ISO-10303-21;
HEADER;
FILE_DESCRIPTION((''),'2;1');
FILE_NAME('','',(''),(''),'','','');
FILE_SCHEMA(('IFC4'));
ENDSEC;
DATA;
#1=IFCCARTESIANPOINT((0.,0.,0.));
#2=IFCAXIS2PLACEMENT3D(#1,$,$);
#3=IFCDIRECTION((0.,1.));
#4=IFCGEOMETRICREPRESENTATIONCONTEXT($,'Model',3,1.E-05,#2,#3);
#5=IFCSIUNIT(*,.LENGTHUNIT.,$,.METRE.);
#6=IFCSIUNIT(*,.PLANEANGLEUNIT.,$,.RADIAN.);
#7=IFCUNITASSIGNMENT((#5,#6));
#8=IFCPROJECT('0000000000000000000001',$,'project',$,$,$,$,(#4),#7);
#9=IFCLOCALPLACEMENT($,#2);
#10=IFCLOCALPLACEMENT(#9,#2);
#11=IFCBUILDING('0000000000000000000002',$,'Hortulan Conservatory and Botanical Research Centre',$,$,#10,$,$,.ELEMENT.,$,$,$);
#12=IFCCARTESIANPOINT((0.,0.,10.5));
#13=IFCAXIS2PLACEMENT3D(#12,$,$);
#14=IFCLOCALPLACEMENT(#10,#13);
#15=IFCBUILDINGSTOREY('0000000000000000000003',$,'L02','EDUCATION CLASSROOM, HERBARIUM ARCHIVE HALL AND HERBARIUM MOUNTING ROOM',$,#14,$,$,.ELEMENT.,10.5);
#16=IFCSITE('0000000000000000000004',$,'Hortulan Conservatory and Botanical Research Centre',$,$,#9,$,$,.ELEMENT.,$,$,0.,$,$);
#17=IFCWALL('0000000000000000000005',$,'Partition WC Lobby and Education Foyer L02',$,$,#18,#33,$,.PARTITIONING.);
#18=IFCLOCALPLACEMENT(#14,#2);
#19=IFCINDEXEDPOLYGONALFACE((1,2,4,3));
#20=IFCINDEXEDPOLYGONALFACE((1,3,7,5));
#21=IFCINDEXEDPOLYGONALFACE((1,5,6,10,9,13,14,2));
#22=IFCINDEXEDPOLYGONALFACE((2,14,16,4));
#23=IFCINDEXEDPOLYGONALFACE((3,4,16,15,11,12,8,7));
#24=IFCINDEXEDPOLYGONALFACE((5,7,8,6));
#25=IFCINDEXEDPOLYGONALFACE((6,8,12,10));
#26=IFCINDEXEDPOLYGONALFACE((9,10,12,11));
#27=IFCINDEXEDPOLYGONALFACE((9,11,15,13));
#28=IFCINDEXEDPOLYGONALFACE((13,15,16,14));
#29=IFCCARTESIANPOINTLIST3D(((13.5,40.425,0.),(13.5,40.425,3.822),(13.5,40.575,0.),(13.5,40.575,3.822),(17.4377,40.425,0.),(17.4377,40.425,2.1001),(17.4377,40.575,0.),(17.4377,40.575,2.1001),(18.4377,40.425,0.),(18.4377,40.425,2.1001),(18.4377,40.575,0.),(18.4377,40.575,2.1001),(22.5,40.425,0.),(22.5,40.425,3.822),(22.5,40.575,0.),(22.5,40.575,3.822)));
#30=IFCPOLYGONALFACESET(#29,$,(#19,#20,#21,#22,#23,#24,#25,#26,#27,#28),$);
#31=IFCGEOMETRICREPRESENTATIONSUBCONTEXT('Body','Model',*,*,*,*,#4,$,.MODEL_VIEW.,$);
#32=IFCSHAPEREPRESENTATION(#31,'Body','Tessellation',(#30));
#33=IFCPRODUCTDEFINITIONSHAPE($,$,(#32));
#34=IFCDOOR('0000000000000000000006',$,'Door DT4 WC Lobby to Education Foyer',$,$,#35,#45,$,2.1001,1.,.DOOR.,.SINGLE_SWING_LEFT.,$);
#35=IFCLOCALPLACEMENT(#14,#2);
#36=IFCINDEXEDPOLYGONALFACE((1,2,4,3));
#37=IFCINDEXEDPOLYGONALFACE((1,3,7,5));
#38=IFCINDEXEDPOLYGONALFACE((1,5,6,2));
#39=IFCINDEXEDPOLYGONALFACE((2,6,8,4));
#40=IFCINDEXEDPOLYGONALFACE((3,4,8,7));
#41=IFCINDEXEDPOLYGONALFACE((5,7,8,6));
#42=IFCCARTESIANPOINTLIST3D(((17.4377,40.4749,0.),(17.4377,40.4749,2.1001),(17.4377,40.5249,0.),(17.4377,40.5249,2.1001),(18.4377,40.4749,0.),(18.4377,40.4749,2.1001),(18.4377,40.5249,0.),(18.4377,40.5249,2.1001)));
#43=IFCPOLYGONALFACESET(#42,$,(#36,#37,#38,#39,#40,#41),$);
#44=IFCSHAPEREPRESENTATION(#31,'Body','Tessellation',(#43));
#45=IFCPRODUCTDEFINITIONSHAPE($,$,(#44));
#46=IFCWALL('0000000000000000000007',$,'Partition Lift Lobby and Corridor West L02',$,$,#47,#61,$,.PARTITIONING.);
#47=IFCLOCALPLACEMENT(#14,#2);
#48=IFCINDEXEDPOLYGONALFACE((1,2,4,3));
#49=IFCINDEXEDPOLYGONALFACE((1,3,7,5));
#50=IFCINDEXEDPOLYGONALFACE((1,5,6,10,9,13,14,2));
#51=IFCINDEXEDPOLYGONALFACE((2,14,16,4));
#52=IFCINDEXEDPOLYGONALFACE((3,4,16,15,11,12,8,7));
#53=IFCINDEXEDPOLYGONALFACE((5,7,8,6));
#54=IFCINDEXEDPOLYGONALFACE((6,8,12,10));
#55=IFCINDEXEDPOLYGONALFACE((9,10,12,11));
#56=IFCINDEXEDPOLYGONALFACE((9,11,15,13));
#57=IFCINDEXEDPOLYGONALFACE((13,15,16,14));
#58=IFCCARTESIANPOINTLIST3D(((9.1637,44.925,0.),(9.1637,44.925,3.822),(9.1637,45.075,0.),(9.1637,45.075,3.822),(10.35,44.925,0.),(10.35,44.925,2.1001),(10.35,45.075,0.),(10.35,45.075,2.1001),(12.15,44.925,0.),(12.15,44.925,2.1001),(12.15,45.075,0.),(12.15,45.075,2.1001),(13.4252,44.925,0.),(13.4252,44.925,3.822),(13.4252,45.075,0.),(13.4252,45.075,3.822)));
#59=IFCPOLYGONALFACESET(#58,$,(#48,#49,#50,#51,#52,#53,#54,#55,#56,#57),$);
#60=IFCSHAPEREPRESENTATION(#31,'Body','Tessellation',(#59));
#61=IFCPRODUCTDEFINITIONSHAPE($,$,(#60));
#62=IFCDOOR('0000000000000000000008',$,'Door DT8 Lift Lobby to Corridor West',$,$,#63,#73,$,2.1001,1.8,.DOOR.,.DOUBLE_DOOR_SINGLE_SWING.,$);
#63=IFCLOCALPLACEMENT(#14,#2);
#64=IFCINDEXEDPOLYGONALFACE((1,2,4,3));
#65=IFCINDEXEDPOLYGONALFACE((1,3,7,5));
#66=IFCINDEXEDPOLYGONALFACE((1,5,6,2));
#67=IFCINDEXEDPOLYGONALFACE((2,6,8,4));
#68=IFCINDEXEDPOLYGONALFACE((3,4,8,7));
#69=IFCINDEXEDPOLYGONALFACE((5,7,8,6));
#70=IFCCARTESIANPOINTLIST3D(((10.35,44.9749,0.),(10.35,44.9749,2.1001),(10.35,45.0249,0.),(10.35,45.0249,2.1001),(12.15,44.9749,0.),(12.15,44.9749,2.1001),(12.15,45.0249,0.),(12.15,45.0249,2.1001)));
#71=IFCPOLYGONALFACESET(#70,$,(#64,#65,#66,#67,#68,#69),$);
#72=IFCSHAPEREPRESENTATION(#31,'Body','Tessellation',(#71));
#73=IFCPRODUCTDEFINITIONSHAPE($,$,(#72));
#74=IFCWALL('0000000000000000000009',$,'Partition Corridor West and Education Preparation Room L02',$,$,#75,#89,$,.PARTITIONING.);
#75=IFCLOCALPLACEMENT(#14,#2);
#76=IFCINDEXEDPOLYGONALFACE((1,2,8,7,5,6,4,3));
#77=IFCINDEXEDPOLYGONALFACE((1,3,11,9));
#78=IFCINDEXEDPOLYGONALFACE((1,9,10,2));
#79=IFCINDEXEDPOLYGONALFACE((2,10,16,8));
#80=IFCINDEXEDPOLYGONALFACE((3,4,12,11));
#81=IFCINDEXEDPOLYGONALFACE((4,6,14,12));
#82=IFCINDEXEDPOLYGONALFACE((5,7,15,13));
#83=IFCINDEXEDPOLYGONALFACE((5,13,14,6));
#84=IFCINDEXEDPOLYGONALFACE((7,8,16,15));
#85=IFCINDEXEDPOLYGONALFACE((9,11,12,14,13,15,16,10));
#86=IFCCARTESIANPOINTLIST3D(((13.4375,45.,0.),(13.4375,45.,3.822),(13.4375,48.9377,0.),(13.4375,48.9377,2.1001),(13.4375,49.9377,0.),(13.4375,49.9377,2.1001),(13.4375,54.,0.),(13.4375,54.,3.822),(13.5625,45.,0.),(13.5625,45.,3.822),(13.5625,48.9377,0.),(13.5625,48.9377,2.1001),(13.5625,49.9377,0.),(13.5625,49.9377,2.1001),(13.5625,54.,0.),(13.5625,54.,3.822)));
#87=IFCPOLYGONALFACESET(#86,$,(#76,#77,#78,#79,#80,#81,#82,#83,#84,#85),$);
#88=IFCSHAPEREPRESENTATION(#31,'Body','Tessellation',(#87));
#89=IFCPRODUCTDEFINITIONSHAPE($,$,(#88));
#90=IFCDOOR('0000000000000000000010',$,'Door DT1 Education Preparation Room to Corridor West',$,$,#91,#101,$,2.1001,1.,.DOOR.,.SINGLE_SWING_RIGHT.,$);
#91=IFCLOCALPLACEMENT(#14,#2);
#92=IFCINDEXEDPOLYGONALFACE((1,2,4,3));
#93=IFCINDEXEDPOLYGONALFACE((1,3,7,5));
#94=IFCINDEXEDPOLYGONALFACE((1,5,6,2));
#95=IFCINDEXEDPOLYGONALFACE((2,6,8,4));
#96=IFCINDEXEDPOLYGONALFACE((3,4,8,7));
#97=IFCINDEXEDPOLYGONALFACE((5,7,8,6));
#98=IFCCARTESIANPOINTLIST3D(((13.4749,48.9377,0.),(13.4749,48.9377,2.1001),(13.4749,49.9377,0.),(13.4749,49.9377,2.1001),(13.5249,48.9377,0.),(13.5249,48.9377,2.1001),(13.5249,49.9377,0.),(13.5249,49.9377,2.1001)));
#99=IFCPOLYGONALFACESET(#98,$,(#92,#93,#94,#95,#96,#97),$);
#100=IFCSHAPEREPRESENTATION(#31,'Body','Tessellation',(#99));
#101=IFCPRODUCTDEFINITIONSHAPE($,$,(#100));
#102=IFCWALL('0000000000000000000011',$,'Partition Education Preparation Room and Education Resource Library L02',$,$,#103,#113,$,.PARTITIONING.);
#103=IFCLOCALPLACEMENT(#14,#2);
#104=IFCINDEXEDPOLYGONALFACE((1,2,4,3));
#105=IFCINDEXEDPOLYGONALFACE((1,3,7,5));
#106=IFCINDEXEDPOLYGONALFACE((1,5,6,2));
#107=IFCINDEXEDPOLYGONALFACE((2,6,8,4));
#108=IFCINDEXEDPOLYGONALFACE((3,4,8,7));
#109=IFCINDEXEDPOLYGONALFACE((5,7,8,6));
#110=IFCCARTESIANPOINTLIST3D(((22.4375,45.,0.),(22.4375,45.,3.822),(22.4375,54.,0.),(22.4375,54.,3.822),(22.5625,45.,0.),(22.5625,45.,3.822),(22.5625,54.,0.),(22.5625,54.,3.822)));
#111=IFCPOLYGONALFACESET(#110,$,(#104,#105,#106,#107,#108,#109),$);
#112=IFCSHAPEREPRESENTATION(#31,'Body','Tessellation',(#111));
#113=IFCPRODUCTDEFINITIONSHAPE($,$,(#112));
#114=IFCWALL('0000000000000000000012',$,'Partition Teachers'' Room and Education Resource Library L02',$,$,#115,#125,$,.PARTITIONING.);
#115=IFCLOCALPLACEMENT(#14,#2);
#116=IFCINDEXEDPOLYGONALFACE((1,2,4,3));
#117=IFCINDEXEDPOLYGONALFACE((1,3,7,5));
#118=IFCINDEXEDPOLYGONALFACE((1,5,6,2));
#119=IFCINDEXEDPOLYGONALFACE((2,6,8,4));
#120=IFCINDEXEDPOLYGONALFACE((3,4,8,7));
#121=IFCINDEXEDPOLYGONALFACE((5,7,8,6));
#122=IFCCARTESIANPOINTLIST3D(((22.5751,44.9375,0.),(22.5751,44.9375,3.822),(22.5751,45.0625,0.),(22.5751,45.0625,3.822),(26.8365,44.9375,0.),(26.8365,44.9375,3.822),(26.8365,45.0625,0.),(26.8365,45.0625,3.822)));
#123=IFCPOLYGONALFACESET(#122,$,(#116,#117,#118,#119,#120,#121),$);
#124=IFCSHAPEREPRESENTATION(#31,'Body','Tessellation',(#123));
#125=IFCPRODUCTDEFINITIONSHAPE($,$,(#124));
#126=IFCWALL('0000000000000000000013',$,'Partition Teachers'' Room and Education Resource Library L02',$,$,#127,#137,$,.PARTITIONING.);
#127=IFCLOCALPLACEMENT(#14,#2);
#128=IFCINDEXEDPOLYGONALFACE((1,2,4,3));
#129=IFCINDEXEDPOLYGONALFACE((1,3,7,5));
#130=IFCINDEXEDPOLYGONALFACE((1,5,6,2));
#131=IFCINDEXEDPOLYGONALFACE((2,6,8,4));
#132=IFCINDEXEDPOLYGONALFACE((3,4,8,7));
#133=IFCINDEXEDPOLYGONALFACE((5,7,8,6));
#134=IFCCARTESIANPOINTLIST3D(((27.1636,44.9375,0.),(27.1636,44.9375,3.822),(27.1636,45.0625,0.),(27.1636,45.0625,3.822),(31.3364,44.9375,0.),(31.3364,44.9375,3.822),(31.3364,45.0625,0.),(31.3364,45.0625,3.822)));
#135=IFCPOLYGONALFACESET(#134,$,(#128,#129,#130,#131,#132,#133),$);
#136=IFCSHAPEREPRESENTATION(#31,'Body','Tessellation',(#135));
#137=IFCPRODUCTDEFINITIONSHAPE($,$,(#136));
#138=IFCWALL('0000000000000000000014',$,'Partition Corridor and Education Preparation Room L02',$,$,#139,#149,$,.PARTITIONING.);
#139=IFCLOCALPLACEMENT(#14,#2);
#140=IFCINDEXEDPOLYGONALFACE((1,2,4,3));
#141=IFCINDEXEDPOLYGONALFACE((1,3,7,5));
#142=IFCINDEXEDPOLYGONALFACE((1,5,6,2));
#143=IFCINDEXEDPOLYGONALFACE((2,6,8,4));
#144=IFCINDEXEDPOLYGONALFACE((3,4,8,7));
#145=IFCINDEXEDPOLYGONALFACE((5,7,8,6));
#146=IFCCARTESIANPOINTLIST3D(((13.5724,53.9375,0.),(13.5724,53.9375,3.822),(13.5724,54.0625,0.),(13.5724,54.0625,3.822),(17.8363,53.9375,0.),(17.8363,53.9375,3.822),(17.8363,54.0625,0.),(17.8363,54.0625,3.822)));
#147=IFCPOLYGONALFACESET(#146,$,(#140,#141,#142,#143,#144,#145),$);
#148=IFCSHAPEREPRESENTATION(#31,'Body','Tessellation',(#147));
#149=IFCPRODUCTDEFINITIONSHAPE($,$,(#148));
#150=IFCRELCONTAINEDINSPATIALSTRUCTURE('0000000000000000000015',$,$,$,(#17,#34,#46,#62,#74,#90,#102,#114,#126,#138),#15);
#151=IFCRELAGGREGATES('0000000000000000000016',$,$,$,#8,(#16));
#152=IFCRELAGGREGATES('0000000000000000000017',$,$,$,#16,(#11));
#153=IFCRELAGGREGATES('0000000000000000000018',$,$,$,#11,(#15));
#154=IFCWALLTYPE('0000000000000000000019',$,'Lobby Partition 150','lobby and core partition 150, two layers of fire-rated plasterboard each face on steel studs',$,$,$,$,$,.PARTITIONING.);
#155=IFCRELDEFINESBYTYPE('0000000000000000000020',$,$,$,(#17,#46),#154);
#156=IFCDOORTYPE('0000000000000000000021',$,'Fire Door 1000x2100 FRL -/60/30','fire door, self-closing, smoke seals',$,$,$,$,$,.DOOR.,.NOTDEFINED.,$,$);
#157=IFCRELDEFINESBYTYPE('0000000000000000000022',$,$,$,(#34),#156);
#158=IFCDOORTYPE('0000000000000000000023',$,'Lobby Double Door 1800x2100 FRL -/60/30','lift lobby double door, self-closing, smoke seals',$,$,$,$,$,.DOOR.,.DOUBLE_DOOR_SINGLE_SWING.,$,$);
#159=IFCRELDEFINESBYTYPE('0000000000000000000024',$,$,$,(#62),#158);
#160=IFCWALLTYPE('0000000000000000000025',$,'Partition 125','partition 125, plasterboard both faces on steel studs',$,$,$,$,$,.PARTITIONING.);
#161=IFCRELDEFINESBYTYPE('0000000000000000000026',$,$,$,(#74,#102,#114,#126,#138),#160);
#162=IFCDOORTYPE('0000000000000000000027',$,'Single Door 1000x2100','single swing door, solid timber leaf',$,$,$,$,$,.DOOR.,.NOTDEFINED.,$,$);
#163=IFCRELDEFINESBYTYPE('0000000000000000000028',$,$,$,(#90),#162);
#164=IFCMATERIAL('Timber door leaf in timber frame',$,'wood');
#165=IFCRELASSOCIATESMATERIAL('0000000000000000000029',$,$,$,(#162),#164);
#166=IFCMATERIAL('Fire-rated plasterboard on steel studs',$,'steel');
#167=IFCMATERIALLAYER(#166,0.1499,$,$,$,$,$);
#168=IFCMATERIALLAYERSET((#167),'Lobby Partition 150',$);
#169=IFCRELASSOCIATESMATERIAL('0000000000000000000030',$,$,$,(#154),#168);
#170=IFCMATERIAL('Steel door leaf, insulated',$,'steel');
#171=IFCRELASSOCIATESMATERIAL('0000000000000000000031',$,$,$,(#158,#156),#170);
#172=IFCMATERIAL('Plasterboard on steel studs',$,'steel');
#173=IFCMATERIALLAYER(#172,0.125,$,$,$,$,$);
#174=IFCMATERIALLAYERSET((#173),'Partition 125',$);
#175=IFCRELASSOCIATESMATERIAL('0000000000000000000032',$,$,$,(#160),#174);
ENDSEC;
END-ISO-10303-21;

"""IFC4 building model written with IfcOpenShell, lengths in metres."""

from ifc_helpers import new_model, si_unit, direction, frame, frame_2d, origin, place, context, subcontext, project, spatial, rectangle, extrude, material, layer, layer_set, type_object, element, fill, save


model = new_model("IFC4")

# Units and contexts
model_context = context("Model", 3, precision=1e-05, world=origin(), true_north=direction((0.0, 1.0)))
body_context = subcontext(model_context, "Body", "Model", "MODEL_VIEW")
ifc_project = project(units=[si_unit("LENGTHUNIT", "METRE"), si_unit("PLANEANGLEUNIT", "RADIAN")], contexts=[model_context])

# Site, building, storey
site_placement = place(None, origin())
site = spatial("IfcSite", under=ifc_project, at=site_placement, Name="Hortulan Conservatory and Botanical Research Centre", CompositionType="ELEMENT", RefElevation=0.0)
building_placement = place(site_placement, origin())
building = spatial("IfcBuilding", under=site, at=building_placement, Name="Hortulan Conservatory and Botanical Research Centre", CompositionType="ELEMENT")
storey_placement = place(building_placement, frame((0.0, 0.0, 10.5)))
storey = spatial("IfcBuildingStorey", under=building, at=storey_placement, Name="L02", Description="EDUCATION CLASSROOM, HERBARIUM ARCHIVE HALL AND HERBARIUM MOUNTING ROOM", CompositionType="ELEMENT", Elevation=10.5)

# Shared definitions
ifc_material_1 = material(Name="Plasterboard on steel studs", Category="steel")
ifc_material_2 = material(Name="Timber door leaf in timber frame", Category="wood")
door_type_1 = type_object("IfcDoorType", Name="Single Door 1000x2100", Description="single swing door, solid timber leaf", OperationType="NOTDEFINED", PredefinedType="DOOR", material=ifc_material_2)

# Walls, openings, doors
ifc_material_3 = material(Name="Fire-rated plasterboard on steel studs", Category="steel")
ifc_layer_1 = layer(ifc_material_3, 0.1499)
ifc_layer_set_1 = layer_set([ifc_layer_1], Name="Lobby Partition 150")
wall_type_1 = type_object("IfcWallType", Name="Lobby Partition 150", Description="lobby and core partition 150, two layers of fire-rated plasterboard each face on steel studs", PredefinedType="PARTITIONING", material=ifc_layer_set_1)
ifc_material_4 = material(Name="Steel door leaf, insulated", Category="steel")
door_type_2 = type_object("IfcDoorType", Name="Lobby Double Door 1800x2100 FRL -/60/30", Description="lift lobby double door, self-closing, smoke seals", OperationType="DOUBLE_DOOR_SINGLE_SWING", PredefinedType="DOOR", material=ifc_material_4)
wall_1_placement = place(storey_placement, frame((13.5, 40.5, 0.0), z_axis=(0.0, 0.0, 1.0), x_axis=(1.0, 0.0, 0.0)))
wall_1 = element("IfcWall", 1, at=wall_1_placement, inside=storey, type_object=wall_type_1, Name="Partition WC Lobby and Education Foyer L02", PredefinedType="PARTITIONING", context=body_context, shape_type="SweptSolid", body=[
    extrude(rectangle(XDim=9.0, YDim=0.1499, at=frame_2d((4.5, 0.0))), origin(), (0.0, 0.0, 1.0), 3.822),
])
opening_1_placement = place(wall_1_placement, frame((3.9377, 0.0, 0.0)))
opening_1 = element("IfcOpeningElement", 2, at=opening_1_placement, cuts=wall_1, PredefinedType="OPENING", context=body_context, shape_type="SweptSolid", body=[
    extrude(rectangle(XDim=1.0, YDim=2.1001, at=frame_2d((0.5, 1.05))), frame((0.0, 0.085, 0.0), z_axis=(0.0, -1.0, 0.0), x_axis=(1.0, 0.0, 0.0)), (0.0, 0.0, 1.0), 0.1699),
])
door_type_3 = type_object("IfcDoorType", Name="Fire Door 1000x2100 FRL -/60/30", Description="fire door, self-closing, smoke seals", OperationType="NOTDEFINED", PredefinedType="DOOR", material=ifc_material_4)
door_1_placement = place(opening_1_placement, origin())
door_1 = element("IfcDoor", 3, at=door_1_placement, inside=storey, type_object=door_type_3, Name="Door DT4 WC Lobby to Education Foyer", OperationType="SINGLE_SWING_LEFT", OverallHeight=2.1001, OverallWidth=1.0, PredefinedType="DOOR", context=body_context, shape_type="SweptSolid", body=[
    extrude(rectangle(XDim=1.0, YDim=2.1001, at=frame_2d((0.5, 1.05))), frame((0.0, 0.0249, 0.0), z_axis=(0.0, -1.0, 0.0), x_axis=(1.0, 0.0, 0.0)), (0.0, 0.0, 1.0), 0.05),
])
fill(opening_1, door_1)
wall_2_placement = place(storey_placement, frame((9.1636, 45.0, 0.0), z_axis=(0.0, 0.0, 1.0), x_axis=(1.0, 0.0, 0.0)))
wall_2 = element("IfcWall", 4, at=wall_2_placement, inside=storey, type_object=wall_type_1, Name="Partition Lift Lobby and Corridor West L02", PredefinedType="PARTITIONING", context=body_context, shape_type="SweptSolid", body=[
    extrude(rectangle(XDim=4.2615, YDim=0.1499, at=frame_2d((2.1309, 0.0))), origin(), (0.0, 0.0, 1.0), 3.822),
])
opening_2_placement = place(wall_2_placement, frame((1.1865, 0.0, 0.0)))
opening_2 = element("IfcOpeningElement", 5, at=opening_2_placement, cuts=wall_2, PredefinedType="OPENING", context=body_context, shape_type="SweptSolid", body=[
    extrude(rectangle(XDim=1.8, YDim=2.1001, at=frame_2d((0.8999, 1.05))), frame((0.0, 0.085, 0.0), z_axis=(0.0, -1.0, 0.0), x_axis=(1.0, 0.0, 0.0)), (0.0, 0.0, 1.0), 0.1699),
])
door_2_placement = place(opening_2_placement, origin())
door_2 = element("IfcDoor", 6, at=door_2_placement, inside=storey, type_object=door_type_2, Name="Door DT8 Lift Lobby to Corridor West", OperationType="DOUBLE_DOOR_SINGLE_SWING", OverallHeight=2.1001, OverallWidth=1.8, PredefinedType="DOOR", context=body_context, shape_type="SweptSolid", body=[
    extrude(rectangle(XDim=1.8, YDim=2.1001, at=frame_2d((0.8999, 1.05))), frame((0.0, 0.0249, 0.0), z_axis=(0.0, -1.0, 0.0), x_axis=(1.0, 0.0, 0.0)), (0.0, 0.0, 1.0), 0.05),
])
fill(opening_2, door_2)
ifc_layer_2 = layer(ifc_material_1, 0.125)
ifc_layer_set_2 = layer_set([ifc_layer_2], Name="Partition 125")
wall_type_2 = type_object("IfcWallType", Name="Partition 125", Description="partition 125, plasterboard both faces on steel studs", PredefinedType="PARTITIONING", material=ifc_layer_set_2)
wall_3_placement = place(storey_placement, frame((13.5, 45.0, 0.0), z_axis=(0.0, 0.0, 1.0), x_axis=(0.0, 1.0, 0.0)))
wall_3 = element("IfcWall", 7, at=wall_3_placement, inside=storey, type_object=wall_type_2, Name="Partition Corridor West and Education Preparation Room L02", PredefinedType="PARTITIONING", context=body_context, shape_type="SweptSolid", body=[
    extrude(rectangle(XDim=9.0, YDim=0.125, at=frame_2d((4.5, 0.0))), origin(), (0.0, 0.0, 1.0), 3.822),
])
opening_3_placement = place(wall_3_placement, frame((3.9377, 0.0, 0.0)))
opening_3 = element("IfcOpeningElement", 8, at=opening_3_placement, cuts=wall_3, PredefinedType="OPENING", context=body_context, shape_type="SweptSolid", body=[
    extrude(rectangle(XDim=1.0, YDim=2.1001, at=frame_2d((0.5, 1.05))), frame((0.0, 0.0725, 0.0), z_axis=(0.0, -1.0, 0.0), x_axis=(1.0, 0.0, 0.0)), (0.0, 0.0, 1.0), 0.145),
])
door_3_placement = place(opening_3_placement, frame((1.0, 0.0, 0.0), z_axis=(0.0, 0.0, 1.0), x_axis=(-1.0, 0.0, 0.0)))
door_3 = element("IfcDoor", 9, at=door_3_placement, inside=storey, type_object=door_type_1, Name="Door DT1 Education Preparation Room to Corridor West", OperationType="SINGLE_SWING_RIGHT", OverallHeight=2.1001, OverallWidth=1.0, PredefinedType="DOOR", context=body_context, shape_type="SweptSolid", body=[
    extrude(rectangle(XDim=1.0, YDim=2.1001, at=frame_2d((0.5, 1.05))), frame((0.0, 0.0249, 0.0), z_axis=(0.0, -1.0, 0.0), x_axis=(1.0, 0.0, 0.0)), (0.0, 0.0, 1.0), 0.05),
])
fill(opening_3, door_3)

# Walls
wall_4_placement = place(storey_placement, frame((22.5, 45.0, 0.0), z_axis=(0.0, 0.0, 1.0), x_axis=(0.0, 1.0, 0.0)))
element("IfcWall", 10, at=wall_4_placement, inside=storey, type_object=wall_type_2, Name="Partition Education Preparation Room and Education Resource Library L02", PredefinedType="PARTITIONING", context=body_context, shape_type="SweptSolid", body=[
    extrude(rectangle(XDim=9.0, YDim=0.125, at=frame_2d((4.5, 0.0))), origin(), (0.0, 0.0, 1.0), 3.822),
])
wall_5_placement = place(storey_placement, frame((22.575, 45.0, 0.0), z_axis=(0.0, 0.0, 1.0), x_axis=(1.0, 0.0, 0.0)))
element("IfcWall", 11, at=wall_5_placement, inside=storey, type_object=wall_type_2, Name="Partition Teachers' Room and Education Resource Library L02", PredefinedType="PARTITIONING", context=body_context, shape_type="SweptSolid", body=[
    extrude(rectangle(XDim=4.2615, YDim=0.125, at=frame_2d((2.1309, 0.0))), origin(), (0.0, 0.0, 1.0), 3.822),
])
wall_6_placement = place(storey_placement, frame((27.1636, 45.0, 0.0), z_axis=(0.0, 0.0, 1.0), x_axis=(1.0, 0.0, 0.0)))
element("IfcWall", 12, at=wall_6_placement, inside=storey, type_object=wall_type_2, Name="Partition Teachers' Room and Education Resource Library L02", PredefinedType="PARTITIONING", context=body_context, shape_type="SweptSolid", body=[
    extrude(rectangle(XDim=4.1729, YDim=0.125, at=frame_2d((2.0864, 0.0))), origin(), (0.0, 0.0, 1.0), 3.822),
])
wall_7_placement = place(storey_placement, frame((13.5725, 54.0, 0.0), z_axis=(0.0, 0.0, 1.0), x_axis=(1.0, 0.0, 0.0)))
element("IfcWall", 13, at=wall_7_placement, inside=storey, type_object=wall_type_2, Name="Partition Corridor and Education Preparation Room L02", PredefinedType="PARTITIONING", context=body_context, shape_type="SweptSolid", body=[
    extrude(rectangle(XDim=4.2639, YDim=0.125, at=frame_2d((2.1318, 0.0))), origin(), (0.0, 0.0, 1.0), 3.822),
])

save(model, "model.ifc")
